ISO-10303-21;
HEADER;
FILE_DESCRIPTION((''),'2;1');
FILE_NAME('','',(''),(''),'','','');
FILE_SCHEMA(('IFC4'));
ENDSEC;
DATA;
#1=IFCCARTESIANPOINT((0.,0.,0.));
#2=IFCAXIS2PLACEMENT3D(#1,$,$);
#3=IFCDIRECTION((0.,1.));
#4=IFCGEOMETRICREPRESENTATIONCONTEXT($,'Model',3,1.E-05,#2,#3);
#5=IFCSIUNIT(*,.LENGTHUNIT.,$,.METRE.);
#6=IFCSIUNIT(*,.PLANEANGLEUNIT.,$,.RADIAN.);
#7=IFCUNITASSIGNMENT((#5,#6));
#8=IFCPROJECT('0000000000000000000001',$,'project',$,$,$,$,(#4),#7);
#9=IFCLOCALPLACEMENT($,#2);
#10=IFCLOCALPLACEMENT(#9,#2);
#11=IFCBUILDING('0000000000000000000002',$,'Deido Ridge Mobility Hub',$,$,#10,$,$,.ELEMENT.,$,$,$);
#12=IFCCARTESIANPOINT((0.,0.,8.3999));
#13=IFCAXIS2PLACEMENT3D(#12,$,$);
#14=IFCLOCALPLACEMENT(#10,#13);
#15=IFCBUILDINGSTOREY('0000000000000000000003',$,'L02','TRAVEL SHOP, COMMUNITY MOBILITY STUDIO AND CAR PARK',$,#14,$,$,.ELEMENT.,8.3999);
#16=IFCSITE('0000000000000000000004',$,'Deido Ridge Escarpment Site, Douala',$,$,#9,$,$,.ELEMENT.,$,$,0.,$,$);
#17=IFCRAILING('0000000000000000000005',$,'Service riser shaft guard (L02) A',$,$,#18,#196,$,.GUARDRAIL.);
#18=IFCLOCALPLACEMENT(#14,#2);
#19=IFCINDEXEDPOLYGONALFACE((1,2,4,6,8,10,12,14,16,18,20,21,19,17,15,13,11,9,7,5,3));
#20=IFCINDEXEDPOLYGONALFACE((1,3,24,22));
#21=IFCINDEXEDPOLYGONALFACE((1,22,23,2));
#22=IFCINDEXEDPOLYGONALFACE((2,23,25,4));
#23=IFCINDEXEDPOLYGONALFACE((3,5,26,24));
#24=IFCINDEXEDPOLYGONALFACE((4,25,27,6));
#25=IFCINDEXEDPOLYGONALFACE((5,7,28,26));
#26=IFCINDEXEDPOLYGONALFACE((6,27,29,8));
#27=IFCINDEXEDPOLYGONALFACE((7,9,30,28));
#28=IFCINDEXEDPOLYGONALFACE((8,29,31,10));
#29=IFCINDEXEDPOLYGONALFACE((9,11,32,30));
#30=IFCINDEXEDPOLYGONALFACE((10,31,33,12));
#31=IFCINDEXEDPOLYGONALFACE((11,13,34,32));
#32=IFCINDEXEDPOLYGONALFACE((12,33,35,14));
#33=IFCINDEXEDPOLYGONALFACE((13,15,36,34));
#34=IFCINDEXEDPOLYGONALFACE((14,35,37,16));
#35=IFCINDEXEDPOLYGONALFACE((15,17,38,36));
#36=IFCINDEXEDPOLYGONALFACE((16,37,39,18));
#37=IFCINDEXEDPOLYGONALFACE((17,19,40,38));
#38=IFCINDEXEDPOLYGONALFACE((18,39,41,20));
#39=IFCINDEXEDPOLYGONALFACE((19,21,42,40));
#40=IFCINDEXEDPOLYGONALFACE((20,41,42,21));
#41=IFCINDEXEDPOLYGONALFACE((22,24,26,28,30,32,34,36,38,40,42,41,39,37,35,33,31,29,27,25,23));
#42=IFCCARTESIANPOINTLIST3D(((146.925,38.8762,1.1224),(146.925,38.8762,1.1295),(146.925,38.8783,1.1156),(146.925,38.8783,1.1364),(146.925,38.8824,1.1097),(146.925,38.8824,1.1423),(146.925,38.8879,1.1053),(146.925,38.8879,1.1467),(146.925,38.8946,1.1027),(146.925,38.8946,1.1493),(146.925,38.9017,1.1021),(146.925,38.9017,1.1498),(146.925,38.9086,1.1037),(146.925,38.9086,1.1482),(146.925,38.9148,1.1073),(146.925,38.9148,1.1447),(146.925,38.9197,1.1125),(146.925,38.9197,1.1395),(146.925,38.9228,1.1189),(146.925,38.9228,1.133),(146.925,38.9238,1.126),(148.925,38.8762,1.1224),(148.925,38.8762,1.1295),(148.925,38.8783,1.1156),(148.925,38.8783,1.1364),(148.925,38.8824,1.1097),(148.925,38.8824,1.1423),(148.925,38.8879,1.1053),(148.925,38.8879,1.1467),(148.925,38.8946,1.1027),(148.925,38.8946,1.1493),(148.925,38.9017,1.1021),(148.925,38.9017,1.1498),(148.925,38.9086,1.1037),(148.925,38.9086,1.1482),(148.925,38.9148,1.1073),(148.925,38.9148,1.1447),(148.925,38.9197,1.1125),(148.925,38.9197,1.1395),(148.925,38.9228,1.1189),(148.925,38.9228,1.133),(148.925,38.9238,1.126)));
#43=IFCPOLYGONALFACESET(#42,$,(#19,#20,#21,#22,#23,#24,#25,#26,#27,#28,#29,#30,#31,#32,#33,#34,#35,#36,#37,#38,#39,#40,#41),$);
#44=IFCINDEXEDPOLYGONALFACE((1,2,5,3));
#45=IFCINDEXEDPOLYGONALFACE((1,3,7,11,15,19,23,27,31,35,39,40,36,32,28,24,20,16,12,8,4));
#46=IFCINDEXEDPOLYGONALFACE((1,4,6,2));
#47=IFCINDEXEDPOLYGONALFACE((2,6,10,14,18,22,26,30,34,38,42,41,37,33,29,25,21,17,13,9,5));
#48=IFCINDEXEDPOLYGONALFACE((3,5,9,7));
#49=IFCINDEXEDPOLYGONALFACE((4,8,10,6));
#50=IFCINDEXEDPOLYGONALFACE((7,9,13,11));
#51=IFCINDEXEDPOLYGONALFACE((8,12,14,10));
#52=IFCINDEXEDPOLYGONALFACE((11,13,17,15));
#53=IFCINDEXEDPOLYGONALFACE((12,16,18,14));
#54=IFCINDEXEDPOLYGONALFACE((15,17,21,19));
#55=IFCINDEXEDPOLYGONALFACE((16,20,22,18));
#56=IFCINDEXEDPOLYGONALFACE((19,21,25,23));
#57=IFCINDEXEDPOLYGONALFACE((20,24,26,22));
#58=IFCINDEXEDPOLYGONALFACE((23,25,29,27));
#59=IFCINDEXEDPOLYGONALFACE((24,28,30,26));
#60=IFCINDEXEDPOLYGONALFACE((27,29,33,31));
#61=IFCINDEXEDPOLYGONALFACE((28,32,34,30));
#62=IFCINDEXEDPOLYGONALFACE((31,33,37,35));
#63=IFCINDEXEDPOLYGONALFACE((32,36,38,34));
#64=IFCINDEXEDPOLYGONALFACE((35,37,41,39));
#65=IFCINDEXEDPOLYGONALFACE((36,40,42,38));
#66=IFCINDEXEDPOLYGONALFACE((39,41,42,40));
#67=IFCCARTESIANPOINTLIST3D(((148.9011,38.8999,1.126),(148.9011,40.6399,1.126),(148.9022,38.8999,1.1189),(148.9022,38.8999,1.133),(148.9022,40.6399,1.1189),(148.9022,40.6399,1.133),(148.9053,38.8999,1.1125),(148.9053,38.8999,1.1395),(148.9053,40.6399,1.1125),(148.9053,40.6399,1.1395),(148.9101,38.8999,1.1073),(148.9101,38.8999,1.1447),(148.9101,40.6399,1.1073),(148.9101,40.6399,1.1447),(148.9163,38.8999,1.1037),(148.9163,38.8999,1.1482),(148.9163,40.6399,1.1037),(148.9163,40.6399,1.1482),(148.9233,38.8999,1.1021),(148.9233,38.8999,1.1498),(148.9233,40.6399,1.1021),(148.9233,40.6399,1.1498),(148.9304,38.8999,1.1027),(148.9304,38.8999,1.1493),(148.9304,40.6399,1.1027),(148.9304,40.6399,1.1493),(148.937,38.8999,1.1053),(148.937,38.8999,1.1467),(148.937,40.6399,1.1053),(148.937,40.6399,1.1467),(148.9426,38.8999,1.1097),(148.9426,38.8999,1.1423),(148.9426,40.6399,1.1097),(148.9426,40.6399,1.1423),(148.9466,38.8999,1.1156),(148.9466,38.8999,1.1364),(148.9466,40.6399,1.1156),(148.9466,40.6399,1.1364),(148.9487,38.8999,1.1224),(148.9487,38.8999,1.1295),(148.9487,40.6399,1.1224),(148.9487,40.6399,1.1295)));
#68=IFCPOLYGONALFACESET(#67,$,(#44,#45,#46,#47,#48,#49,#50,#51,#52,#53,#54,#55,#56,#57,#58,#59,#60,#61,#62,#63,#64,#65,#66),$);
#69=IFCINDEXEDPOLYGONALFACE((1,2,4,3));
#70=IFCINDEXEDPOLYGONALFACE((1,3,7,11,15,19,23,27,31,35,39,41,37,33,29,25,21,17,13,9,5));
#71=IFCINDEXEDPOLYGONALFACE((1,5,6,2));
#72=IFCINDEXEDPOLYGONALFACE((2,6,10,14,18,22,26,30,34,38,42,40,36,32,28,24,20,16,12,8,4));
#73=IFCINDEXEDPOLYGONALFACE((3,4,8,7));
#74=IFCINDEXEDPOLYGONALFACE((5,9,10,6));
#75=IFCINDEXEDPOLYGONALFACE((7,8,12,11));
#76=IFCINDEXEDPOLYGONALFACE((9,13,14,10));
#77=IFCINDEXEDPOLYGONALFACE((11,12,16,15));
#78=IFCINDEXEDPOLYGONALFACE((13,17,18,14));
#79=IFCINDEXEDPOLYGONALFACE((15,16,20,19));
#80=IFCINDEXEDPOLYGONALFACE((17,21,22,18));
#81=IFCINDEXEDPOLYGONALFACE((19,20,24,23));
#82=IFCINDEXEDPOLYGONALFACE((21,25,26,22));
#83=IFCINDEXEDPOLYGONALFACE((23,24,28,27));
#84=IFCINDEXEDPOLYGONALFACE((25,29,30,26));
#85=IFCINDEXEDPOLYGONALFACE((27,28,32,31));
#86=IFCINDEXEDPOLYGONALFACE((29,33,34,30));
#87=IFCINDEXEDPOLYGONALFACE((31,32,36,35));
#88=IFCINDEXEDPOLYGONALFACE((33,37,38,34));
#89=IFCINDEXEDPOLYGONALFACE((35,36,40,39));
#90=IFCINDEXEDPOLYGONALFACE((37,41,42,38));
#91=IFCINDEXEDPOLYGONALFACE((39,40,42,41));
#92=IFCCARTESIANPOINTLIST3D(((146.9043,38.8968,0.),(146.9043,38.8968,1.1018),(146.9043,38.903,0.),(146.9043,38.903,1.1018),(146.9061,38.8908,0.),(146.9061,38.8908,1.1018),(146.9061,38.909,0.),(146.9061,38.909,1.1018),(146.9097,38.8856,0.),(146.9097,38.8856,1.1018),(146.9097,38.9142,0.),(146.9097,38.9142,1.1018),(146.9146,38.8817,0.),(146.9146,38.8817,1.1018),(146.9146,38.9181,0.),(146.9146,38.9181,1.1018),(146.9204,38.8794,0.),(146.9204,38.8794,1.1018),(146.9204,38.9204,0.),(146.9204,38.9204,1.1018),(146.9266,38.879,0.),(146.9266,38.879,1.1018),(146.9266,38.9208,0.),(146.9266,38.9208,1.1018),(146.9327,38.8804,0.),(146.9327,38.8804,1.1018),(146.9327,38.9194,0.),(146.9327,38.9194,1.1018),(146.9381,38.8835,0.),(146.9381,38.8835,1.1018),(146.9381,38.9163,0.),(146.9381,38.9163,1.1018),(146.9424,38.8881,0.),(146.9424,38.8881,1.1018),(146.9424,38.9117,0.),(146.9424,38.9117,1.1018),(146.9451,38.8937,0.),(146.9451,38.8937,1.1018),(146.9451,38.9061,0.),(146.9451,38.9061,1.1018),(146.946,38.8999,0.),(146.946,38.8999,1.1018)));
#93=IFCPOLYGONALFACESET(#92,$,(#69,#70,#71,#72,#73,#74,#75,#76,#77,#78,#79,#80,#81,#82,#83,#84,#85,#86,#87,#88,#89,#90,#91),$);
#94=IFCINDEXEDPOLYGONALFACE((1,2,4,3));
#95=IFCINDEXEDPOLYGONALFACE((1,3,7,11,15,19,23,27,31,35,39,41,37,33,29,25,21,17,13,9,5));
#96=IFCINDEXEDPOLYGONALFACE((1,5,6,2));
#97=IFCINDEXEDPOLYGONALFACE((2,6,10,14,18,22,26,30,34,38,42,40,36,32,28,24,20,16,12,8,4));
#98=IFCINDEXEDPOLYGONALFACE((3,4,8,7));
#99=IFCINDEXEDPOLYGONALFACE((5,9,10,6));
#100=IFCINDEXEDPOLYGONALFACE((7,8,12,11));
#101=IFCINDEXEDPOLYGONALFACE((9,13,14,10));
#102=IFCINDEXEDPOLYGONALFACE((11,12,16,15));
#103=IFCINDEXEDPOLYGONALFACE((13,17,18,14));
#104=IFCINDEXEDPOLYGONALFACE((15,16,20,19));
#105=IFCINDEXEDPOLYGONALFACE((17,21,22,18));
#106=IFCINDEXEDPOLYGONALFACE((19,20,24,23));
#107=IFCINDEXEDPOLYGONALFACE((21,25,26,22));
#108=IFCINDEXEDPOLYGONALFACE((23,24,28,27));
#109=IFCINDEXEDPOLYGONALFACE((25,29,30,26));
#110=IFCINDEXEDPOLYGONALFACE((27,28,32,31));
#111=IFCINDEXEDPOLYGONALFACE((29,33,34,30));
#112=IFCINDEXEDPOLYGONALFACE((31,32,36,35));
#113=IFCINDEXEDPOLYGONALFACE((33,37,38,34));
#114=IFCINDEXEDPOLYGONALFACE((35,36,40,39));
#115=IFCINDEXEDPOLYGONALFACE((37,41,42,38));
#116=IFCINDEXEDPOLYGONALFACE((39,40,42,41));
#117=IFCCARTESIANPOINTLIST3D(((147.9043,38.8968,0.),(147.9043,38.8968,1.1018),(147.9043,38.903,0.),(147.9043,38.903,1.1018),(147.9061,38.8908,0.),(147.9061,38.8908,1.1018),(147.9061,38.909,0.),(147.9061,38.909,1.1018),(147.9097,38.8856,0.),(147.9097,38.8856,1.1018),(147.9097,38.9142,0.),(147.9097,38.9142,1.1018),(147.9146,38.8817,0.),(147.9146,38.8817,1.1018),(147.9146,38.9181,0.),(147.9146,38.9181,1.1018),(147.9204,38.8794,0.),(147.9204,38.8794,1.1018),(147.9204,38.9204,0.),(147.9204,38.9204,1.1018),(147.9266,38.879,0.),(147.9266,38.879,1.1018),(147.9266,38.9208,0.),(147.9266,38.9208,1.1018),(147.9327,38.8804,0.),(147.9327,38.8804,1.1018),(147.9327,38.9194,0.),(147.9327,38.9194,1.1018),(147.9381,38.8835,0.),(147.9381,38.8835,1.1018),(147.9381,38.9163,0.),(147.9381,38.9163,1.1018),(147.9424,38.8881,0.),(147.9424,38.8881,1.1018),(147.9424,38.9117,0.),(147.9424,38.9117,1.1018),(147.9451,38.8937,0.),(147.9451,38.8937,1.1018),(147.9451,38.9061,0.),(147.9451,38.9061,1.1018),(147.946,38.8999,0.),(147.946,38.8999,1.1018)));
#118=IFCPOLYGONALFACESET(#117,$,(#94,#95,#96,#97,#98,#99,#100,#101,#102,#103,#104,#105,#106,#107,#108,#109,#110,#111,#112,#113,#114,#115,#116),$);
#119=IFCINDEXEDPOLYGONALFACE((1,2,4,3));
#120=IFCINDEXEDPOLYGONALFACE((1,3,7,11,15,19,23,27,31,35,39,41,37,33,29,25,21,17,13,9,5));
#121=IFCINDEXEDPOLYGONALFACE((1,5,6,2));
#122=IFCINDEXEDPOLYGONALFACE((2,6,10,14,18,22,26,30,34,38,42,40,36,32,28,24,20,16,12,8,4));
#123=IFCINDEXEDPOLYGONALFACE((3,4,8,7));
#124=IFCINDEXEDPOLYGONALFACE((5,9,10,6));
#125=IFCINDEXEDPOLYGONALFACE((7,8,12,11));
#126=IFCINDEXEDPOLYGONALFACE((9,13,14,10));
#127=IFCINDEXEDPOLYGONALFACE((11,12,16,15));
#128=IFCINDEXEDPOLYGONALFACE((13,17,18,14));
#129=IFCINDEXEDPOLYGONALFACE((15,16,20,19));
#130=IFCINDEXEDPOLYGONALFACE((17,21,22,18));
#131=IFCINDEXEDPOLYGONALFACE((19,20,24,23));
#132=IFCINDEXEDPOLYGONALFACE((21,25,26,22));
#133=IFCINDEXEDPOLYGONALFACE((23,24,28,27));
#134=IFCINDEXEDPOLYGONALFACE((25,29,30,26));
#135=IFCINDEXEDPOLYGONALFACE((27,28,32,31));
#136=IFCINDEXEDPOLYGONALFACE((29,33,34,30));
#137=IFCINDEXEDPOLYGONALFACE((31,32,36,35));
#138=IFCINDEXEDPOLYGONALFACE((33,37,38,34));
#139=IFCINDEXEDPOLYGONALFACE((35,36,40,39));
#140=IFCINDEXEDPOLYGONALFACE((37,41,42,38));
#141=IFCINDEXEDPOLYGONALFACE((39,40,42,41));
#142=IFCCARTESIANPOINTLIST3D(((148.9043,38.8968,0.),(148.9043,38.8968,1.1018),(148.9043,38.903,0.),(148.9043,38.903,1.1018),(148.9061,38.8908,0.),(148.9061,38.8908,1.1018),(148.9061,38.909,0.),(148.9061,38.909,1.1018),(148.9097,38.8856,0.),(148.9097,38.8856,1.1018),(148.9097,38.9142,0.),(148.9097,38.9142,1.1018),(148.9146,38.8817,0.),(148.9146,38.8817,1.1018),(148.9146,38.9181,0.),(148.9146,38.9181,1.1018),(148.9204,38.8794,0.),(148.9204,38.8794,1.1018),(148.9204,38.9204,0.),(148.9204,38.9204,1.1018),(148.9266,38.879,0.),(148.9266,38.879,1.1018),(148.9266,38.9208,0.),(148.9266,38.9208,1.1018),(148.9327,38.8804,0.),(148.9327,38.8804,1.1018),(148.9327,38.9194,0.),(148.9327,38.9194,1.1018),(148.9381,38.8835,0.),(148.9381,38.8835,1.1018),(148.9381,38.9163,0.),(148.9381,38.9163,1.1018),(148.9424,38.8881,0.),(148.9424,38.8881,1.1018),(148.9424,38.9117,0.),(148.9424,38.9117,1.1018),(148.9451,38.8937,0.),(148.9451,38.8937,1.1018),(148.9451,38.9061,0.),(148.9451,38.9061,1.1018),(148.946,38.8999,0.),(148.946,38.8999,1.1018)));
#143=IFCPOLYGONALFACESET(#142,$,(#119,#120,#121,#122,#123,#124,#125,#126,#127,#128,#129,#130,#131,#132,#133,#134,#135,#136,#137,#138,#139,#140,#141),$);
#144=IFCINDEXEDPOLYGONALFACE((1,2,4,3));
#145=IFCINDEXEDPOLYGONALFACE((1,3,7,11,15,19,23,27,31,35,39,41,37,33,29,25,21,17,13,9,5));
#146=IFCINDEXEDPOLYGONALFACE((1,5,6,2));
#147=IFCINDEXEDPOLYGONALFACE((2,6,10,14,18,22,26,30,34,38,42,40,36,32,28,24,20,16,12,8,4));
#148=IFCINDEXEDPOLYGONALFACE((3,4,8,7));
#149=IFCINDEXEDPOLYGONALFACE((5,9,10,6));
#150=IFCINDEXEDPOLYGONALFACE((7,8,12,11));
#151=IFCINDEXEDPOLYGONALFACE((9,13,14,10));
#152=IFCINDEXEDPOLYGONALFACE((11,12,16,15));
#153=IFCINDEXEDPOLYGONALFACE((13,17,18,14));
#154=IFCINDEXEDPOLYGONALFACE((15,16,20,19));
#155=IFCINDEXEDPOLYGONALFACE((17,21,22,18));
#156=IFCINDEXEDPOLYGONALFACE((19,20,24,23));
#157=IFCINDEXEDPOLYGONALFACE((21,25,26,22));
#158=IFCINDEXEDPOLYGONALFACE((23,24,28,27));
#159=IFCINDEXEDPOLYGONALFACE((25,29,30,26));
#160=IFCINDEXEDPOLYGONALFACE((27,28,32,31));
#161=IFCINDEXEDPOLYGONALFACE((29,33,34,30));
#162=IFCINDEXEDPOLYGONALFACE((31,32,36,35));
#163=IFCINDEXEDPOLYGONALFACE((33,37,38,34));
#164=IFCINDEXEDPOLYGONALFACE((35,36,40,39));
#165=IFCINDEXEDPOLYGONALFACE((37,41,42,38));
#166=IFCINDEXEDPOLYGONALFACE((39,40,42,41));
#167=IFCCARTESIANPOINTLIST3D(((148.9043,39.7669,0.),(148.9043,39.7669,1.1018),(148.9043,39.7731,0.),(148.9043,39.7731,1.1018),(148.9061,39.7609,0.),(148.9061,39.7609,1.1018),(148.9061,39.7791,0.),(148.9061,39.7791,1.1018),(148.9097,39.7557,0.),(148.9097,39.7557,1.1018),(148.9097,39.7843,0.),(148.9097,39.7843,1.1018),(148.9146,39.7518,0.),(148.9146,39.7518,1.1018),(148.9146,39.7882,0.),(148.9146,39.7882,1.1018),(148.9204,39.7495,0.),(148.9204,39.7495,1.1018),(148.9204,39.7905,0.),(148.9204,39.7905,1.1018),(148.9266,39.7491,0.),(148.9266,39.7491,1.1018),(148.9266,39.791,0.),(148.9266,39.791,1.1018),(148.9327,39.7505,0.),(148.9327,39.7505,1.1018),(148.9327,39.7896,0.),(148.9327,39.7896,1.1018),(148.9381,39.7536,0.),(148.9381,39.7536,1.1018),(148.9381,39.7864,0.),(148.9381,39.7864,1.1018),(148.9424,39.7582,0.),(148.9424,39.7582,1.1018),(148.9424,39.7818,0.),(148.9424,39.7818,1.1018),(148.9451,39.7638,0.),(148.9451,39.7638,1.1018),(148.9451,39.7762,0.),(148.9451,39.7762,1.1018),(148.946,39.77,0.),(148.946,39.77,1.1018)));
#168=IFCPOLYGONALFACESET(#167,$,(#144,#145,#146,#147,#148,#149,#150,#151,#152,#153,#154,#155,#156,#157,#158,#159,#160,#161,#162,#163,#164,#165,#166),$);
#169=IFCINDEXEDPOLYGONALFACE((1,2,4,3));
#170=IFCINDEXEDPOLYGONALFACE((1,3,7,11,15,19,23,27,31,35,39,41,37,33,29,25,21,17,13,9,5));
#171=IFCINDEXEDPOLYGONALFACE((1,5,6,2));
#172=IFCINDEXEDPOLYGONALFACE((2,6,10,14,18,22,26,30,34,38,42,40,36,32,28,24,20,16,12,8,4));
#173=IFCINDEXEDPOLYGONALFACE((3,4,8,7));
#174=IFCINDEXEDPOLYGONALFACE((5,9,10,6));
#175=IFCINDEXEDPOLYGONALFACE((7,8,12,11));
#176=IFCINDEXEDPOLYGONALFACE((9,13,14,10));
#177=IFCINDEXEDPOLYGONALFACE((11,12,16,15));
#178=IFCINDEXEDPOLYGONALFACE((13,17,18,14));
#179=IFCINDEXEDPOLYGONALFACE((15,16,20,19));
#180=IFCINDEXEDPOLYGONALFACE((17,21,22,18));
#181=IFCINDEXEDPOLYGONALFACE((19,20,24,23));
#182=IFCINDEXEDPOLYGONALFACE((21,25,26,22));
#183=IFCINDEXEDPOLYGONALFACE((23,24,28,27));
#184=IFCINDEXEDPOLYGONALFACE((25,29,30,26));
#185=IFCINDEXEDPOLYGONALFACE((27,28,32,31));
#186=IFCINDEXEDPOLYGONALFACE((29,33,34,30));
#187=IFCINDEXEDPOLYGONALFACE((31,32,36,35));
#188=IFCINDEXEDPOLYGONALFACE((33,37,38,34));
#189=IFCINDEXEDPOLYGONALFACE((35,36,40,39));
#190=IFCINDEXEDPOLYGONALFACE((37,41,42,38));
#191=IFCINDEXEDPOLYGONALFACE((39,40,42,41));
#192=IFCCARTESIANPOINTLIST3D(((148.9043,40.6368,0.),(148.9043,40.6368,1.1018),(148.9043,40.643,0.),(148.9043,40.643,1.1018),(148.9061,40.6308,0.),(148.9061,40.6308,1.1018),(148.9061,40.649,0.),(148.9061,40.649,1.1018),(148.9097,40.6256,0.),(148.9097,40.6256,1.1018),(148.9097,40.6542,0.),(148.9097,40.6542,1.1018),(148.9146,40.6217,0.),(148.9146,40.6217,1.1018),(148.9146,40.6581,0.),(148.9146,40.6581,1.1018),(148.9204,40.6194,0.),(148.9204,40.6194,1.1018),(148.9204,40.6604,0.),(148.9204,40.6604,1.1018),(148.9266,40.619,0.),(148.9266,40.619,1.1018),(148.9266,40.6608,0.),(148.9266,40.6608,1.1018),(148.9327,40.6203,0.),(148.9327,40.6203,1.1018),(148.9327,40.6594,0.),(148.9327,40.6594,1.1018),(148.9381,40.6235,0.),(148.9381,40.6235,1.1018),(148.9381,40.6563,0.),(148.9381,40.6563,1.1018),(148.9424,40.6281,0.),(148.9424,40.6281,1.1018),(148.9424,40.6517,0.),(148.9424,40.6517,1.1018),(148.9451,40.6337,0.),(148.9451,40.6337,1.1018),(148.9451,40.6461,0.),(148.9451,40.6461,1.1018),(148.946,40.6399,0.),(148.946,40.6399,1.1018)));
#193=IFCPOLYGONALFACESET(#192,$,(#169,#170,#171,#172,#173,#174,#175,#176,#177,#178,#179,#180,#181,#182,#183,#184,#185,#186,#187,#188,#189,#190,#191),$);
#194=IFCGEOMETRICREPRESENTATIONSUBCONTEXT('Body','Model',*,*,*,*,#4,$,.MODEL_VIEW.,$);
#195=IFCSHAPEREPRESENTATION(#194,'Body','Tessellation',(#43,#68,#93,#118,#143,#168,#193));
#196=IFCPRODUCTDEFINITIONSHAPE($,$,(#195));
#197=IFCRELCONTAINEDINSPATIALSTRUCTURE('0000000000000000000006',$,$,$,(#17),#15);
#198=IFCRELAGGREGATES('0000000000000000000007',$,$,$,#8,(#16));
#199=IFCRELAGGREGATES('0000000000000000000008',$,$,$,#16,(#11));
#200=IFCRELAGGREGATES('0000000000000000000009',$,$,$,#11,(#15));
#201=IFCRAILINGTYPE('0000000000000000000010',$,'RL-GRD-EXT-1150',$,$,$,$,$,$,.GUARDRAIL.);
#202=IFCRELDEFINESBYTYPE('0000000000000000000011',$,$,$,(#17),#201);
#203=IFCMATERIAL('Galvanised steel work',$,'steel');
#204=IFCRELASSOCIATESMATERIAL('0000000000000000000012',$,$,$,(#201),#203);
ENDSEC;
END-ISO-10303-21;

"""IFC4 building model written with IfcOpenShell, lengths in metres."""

from ifc_helpers import new_model, si_unit, direction, frame, origin, origin_2d, place, context, subcontext, project, spatial, circle, extrude, material, type_object, element, save


model = new_model("IFC4")

# Units and contexts
model_context = context("Model", 3, precision=1e-05, world=origin(), true_north=direction((0.0, 1.0)))
body_context = subcontext(model_context, "Body", "Model", "MODEL_VIEW")
ifc_project = project(units=[si_unit("LENGTHUNIT", "METRE"), si_unit("PLANEANGLEUNIT", "RADIAN")], contexts=[model_context])

# Site, building, storey
site_placement = place(None, origin())
site = spatial("IfcSite", under=ifc_project, at=site_placement, Name="Deido Ridge Escarpment Site, Douala", CompositionType="ELEMENT", RefElevation=0.0)
building_placement = place(site_placement, origin())
building = spatial("IfcBuilding", under=site, at=building_placement, Name="Deido Ridge Mobility Hub", CompositionType="ELEMENT")
storey_placement = place(building_placement, frame((0.0, 0.0, 8.3999)))
storey = spatial("IfcBuildingStorey", under=building, at=storey_placement, Name="L02", Description="TRAVEL SHOP, COMMUNITY MOBILITY STUDIO AND CAR PARK", CompositionType="ELEMENT", Elevation=8.3999)

# Railing
ifc_material_1 = material(Name="Galvanised steel work", Category="steel")
railing_type = type_object("IfcRailingType", Name="RL-GRD-EXT-1150", PredefinedType="GUARDRAIL", material=ifc_material_1)
railing_1_placement = place(storey_placement, frame((146.925, 38.8999, 0.0)))
element("IfcRailing", 1, at=railing_1_placement, inside=storey, type_object=railing_type, Name="Service riser shaft guard (L02) A", PredefinedType="GUARDRAIL", context=body_context, shape_type="SweptSolid", body=[
    extrude(circle(Radius=0.0239, at=origin_2d()), frame((0.0, 0.0, 1.126), z_axis=(1.0, 0.0, 0.0), x_axis=(0.0, 1.0, 0.0)), (0.0, 0.0, 1.0), 2.0),
    extrude(circle(Radius=0.0239, at=origin_2d()), frame((2.0, 0.0, 1.126), z_axis=(0.0, 1.0, 0.0), x_axis=(-1.0, 0.0, 0.0)), (0.0, 0.0, 1.0), 1.74),
    extrude(circle(Radius=0.021, at=origin_2d()), origin(), (0.0, 0.0, 1.0), 1.1018),
    extrude(circle(Radius=0.021, at=origin_2d()), frame((1.0, 0.0, 0.0)), (0.0, 0.0, 1.0), 1.1018),
    extrude(circle(Radius=0.021, at=origin_2d()), frame((2.0, 0.0, 0.0)), (0.0, 0.0, 1.0), 1.1018),
    extrude(circle(Radius=0.021, at=origin_2d()), frame((2.0, 0.8701, 0.0)), (0.0, 0.0, 1.0), 1.1018),
    extrude(circle(Radius=0.021, at=origin_2d()), frame((2.0, 1.74, 0.0)), (0.0, 0.0, 1.0), 1.1018),
])

save(model, "model.ifc")
